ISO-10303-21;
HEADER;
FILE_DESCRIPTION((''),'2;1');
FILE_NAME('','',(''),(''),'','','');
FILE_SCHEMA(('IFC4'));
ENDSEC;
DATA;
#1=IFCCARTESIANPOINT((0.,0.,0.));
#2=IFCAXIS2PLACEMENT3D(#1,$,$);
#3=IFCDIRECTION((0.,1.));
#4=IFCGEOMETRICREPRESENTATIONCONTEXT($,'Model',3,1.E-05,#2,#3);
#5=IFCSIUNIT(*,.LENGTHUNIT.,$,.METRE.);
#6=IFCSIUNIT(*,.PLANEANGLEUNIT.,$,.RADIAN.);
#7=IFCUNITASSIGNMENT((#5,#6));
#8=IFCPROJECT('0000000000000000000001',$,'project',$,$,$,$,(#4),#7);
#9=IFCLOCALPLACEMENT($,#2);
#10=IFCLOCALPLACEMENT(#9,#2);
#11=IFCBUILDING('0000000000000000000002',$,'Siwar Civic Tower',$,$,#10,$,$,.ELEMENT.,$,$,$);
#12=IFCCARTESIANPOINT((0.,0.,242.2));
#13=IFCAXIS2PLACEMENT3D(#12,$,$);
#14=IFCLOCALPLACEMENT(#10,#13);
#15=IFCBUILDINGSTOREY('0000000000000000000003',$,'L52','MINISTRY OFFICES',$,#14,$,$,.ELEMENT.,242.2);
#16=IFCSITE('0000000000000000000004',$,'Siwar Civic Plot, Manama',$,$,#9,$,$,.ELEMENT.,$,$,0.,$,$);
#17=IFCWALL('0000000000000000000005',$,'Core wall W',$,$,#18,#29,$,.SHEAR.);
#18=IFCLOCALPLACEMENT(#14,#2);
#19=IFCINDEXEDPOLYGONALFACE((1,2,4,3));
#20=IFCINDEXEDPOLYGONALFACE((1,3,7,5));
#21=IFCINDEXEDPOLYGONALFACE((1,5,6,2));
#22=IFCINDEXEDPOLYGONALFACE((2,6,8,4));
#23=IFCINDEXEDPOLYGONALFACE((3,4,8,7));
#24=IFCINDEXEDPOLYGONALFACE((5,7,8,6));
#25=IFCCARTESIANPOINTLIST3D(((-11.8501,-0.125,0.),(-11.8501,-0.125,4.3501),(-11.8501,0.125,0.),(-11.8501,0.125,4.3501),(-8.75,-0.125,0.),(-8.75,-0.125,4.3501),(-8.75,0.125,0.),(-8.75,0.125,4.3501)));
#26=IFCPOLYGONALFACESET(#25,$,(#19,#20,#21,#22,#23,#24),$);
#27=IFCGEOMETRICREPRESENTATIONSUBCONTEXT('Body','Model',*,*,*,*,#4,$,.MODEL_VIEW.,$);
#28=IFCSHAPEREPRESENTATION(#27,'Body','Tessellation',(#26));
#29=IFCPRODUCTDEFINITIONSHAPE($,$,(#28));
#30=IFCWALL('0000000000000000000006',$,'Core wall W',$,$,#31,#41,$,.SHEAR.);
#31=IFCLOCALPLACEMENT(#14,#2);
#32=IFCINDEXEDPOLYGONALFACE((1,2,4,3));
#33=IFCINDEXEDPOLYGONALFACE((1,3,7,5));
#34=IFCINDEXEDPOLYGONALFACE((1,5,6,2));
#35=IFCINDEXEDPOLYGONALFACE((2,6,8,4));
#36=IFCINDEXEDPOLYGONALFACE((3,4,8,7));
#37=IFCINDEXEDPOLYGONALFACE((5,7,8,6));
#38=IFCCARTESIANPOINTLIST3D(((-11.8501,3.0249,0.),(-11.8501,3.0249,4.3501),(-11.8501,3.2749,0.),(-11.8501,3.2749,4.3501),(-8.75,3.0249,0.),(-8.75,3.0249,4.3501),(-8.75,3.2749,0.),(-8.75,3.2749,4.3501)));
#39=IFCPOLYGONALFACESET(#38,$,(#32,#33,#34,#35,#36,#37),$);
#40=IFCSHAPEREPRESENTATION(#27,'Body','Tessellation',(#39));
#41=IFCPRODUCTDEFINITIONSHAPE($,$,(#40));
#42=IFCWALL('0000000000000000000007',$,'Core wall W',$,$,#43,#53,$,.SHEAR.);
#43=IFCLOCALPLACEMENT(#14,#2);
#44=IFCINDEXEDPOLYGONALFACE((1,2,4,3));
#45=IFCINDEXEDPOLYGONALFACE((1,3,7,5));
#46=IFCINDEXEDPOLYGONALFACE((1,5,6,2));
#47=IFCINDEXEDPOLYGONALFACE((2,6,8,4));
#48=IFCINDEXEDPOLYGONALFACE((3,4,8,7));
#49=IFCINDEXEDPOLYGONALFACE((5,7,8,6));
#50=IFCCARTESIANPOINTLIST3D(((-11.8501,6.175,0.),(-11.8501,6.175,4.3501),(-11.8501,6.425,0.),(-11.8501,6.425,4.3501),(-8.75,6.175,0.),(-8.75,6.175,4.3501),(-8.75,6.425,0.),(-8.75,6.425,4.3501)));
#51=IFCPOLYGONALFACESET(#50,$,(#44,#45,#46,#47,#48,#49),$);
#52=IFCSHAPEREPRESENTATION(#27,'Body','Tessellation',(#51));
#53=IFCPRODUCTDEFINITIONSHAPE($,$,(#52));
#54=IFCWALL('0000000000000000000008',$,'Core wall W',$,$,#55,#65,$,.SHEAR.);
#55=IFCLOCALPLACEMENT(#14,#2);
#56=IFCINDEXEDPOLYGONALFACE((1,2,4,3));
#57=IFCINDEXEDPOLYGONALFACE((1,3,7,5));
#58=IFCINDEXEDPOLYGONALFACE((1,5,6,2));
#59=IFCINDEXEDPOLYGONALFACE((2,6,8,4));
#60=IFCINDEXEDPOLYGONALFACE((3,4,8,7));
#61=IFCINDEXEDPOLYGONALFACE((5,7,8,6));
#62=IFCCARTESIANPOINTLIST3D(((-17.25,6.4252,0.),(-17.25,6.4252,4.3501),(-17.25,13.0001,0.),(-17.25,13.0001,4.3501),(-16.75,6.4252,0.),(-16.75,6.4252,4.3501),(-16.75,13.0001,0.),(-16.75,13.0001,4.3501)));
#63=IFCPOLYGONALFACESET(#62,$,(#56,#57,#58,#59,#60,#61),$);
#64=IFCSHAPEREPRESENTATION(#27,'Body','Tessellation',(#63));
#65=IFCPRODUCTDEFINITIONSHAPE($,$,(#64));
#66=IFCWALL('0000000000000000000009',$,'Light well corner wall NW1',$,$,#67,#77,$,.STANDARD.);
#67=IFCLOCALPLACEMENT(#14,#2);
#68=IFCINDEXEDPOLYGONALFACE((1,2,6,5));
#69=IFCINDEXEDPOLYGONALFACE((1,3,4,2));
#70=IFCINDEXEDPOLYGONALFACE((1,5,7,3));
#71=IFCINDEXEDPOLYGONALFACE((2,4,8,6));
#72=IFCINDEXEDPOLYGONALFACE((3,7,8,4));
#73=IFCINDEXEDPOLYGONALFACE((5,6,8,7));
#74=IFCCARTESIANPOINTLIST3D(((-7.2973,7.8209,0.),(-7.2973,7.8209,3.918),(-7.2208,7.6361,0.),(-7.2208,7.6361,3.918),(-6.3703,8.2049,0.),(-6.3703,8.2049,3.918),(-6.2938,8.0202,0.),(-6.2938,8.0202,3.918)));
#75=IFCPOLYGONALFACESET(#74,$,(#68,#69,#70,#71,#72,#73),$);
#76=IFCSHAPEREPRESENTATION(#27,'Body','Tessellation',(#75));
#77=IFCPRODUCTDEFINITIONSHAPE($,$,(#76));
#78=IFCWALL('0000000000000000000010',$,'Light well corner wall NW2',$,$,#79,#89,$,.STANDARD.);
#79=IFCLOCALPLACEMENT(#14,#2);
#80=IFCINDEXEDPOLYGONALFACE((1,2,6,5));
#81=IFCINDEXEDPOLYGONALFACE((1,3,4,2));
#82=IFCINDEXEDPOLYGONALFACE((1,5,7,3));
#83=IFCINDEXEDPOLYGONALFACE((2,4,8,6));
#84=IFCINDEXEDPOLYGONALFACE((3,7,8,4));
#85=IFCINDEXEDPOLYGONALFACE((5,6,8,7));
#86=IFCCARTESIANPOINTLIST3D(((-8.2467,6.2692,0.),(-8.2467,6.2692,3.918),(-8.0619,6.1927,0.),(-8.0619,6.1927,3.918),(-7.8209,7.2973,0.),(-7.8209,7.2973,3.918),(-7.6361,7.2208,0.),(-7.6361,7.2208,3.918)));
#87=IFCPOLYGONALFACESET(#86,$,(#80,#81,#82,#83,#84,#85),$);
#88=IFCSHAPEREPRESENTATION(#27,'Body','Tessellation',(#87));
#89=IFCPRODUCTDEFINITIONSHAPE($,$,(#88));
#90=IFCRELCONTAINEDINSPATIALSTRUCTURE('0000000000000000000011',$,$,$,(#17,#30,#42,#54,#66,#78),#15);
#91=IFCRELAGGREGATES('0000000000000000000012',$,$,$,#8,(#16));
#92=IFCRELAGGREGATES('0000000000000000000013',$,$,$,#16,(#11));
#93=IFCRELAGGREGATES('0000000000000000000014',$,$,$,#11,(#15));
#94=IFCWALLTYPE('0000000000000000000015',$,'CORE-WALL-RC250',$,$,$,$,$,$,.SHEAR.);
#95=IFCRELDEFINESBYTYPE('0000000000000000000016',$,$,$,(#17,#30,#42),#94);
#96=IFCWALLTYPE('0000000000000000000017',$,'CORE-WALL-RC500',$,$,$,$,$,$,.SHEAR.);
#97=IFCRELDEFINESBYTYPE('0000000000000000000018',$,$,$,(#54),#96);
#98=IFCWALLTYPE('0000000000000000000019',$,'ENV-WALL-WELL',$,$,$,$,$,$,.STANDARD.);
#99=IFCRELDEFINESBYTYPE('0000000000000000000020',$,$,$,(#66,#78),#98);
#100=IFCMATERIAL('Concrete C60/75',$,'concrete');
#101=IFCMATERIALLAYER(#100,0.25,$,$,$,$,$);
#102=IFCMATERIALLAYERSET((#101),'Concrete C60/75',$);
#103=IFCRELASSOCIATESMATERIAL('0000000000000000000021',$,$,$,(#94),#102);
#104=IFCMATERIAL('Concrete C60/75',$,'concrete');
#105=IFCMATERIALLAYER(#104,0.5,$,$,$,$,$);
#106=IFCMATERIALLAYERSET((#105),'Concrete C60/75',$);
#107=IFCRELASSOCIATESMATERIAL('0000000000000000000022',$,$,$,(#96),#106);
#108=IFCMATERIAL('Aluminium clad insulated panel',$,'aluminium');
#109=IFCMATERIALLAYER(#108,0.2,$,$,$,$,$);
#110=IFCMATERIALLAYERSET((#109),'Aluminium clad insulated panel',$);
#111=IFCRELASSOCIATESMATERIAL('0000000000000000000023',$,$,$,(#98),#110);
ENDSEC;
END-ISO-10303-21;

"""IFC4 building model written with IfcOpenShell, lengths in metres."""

from ifc_helpers import new_model, si_unit, direction, frame, frame_2d, origin, place, context, subcontext, project, spatial, rectangle, extrude, material, layer, layer_set, type_object, element, save


model = new_model("IFC4")

# Units and contexts
model_context = context("Model", 3, precision=1e-05, world=origin(), true_north=direction((0.0, 1.0)))
body_context = subcontext(model_context, "Body", "Model", "MODEL_VIEW")
ifc_project = project(units=[si_unit("LENGTHUNIT", "METRE"), si_unit("PLANEANGLEUNIT", "RADIAN")], contexts=[model_context])

# Site, building, storey
site_placement = place(None, origin())
site = spatial("IfcSite", under=ifc_project, at=site_placement, Name="Siwar Civic Plot, Manama", CompositionType="ELEMENT", RefElevation=0.0)
building_placement = place(site_placement, origin())
building = spatial("IfcBuilding", under=site, at=building_placement, Name="Siwar Civic Tower", CompositionType="ELEMENT")
storey_placement = place(building_placement, frame((0.0, 0.0, 242.2)))
storey = spatial("IfcBuildingStorey", under=building, at=storey_placement, Name="L52", Description="MINISTRY OFFICES", CompositionType="ELEMENT", Elevation=242.2)

# Shared definitions
ifc_material_1 = material(Name="Concrete C60/75", Category="concrete")
ifc_layer_1 = layer(ifc_material_1, 0.25)
ifc_layer_set_1 = layer_set([ifc_layer_1], Name="Concrete C60/75")
wall_type_1 = type_object("IfcWallType", Name="CORE-WALL-RC250", PredefinedType="SHEAR", material=ifc_layer_set_1)

# Walls
for number, where, z_axis, x_axis, name in (
    (1, (-8.75, 0.0, 0.0), (0.0, 0.0, 1.0), (-1.0, 0.0, 0.0), "Core wall W"),
    (2, (-8.75, 3.1499, 0.0), (0.0, 0.0, 1.0), (-1.0, 0.0, 0.0), "Core wall W"),
    (3, (-8.75, 6.3, 0.0), (0.0, 0.0, 1.0), (-1.0, 0.0, 0.0), "Core wall W"),
):
    element("IfcWall", number, at=place(storey_placement, frame(where, z_axis=z_axis, x_axis=x_axis)), inside=storey, type_object=wall_type_1, Name=name, PredefinedType="SHEAR", context=body_context, shape_type="SweptSolid", body=[
        extrude(rectangle(XDim=3.1001, YDim=0.25, at=frame_2d((1.55, 0.0))), origin(), (0.0, 0.0, 1.0), 4.3501),
    ])
ifc_material_2 = material(Name="Concrete C60/75", Category="concrete")
ifc_layer_2 = layer(ifc_material_2, 0.5)
ifc_layer_set_2 = layer_set([ifc_layer_2], Name="Concrete C60/75")
wall_type_2 = type_object("IfcWallType", Name="CORE-WALL-RC500", PredefinedType="SHEAR", material=ifc_layer_set_2)
wall_1_placement = place(storey_placement, frame((-17.0, 6.425, 0.0), z_axis=(0.0, 0.0, 1.0), x_axis=(0.0, 1.0, 0.0)))
element("IfcWall", 4, at=wall_1_placement, inside=storey, type_object=wall_type_2, Name="Core wall W", PredefinedType="SHEAR", context=body_context, shape_type="SweptSolid", body=[
    extrude(rectangle(XDim=6.575, YDim=0.5, at=frame_2d((3.2876, 0.0))), origin(), (0.0, 0.0, 1.0), 4.3501),
])
ifc_material_3 = material(Name="Aluminium clad insulated panel", Category="aluminium")
ifc_layer_3 = layer(ifc_material_3, 0.2)
ifc_layer_set_3 = layer_set([ifc_layer_3], Name="Aluminium clad insulated panel")
wall_type_3 = type_object("IfcWallType", Name="ENV-WALL-WELL", PredefinedType="STANDARD", material=ifc_layer_set_3)
wall_2_placement = place(storey_placement, frame((-6.332, 8.1125, 0.0), z_axis=(0.0, 0.0, 1.0), x_axis=(-0.92386, -0.382731, 0.0)))
element("IfcWall", 5, at=wall_2_placement, inside=storey, type_object=wall_type_3, Name="Light well corner wall NW1", PredefinedType="STANDARD", context=body_context, shape_type="SweptSolid", body=[
    extrude(rectangle(XDim=1.0034, YDim=0.2, at=frame_2d((0.5017, 0.0))), origin(), (0.0, 0.0, 1.0), 3.918),
])
wall_3_placement = place(storey_placement, frame((-7.7285, 7.259, 0.0), z_axis=(0.0, 0.0, 1.0), x_axis=(-0.382636, -0.923899, 0.0)))
element("IfcWall", 6, at=wall_3_placement, inside=storey, type_object=wall_type_3, Name="Light well corner wall NW2", PredefinedType="STANDARD", context=body_context, shape_type="SweptSolid", body=[
    extrude(rectangle(XDim=1.1128, YDim=0.2, at=frame_2d((0.5564, 0.0))), origin(), (0.0, 0.0, 1.0), 3.918),
])

save(model, "model.ifc")
